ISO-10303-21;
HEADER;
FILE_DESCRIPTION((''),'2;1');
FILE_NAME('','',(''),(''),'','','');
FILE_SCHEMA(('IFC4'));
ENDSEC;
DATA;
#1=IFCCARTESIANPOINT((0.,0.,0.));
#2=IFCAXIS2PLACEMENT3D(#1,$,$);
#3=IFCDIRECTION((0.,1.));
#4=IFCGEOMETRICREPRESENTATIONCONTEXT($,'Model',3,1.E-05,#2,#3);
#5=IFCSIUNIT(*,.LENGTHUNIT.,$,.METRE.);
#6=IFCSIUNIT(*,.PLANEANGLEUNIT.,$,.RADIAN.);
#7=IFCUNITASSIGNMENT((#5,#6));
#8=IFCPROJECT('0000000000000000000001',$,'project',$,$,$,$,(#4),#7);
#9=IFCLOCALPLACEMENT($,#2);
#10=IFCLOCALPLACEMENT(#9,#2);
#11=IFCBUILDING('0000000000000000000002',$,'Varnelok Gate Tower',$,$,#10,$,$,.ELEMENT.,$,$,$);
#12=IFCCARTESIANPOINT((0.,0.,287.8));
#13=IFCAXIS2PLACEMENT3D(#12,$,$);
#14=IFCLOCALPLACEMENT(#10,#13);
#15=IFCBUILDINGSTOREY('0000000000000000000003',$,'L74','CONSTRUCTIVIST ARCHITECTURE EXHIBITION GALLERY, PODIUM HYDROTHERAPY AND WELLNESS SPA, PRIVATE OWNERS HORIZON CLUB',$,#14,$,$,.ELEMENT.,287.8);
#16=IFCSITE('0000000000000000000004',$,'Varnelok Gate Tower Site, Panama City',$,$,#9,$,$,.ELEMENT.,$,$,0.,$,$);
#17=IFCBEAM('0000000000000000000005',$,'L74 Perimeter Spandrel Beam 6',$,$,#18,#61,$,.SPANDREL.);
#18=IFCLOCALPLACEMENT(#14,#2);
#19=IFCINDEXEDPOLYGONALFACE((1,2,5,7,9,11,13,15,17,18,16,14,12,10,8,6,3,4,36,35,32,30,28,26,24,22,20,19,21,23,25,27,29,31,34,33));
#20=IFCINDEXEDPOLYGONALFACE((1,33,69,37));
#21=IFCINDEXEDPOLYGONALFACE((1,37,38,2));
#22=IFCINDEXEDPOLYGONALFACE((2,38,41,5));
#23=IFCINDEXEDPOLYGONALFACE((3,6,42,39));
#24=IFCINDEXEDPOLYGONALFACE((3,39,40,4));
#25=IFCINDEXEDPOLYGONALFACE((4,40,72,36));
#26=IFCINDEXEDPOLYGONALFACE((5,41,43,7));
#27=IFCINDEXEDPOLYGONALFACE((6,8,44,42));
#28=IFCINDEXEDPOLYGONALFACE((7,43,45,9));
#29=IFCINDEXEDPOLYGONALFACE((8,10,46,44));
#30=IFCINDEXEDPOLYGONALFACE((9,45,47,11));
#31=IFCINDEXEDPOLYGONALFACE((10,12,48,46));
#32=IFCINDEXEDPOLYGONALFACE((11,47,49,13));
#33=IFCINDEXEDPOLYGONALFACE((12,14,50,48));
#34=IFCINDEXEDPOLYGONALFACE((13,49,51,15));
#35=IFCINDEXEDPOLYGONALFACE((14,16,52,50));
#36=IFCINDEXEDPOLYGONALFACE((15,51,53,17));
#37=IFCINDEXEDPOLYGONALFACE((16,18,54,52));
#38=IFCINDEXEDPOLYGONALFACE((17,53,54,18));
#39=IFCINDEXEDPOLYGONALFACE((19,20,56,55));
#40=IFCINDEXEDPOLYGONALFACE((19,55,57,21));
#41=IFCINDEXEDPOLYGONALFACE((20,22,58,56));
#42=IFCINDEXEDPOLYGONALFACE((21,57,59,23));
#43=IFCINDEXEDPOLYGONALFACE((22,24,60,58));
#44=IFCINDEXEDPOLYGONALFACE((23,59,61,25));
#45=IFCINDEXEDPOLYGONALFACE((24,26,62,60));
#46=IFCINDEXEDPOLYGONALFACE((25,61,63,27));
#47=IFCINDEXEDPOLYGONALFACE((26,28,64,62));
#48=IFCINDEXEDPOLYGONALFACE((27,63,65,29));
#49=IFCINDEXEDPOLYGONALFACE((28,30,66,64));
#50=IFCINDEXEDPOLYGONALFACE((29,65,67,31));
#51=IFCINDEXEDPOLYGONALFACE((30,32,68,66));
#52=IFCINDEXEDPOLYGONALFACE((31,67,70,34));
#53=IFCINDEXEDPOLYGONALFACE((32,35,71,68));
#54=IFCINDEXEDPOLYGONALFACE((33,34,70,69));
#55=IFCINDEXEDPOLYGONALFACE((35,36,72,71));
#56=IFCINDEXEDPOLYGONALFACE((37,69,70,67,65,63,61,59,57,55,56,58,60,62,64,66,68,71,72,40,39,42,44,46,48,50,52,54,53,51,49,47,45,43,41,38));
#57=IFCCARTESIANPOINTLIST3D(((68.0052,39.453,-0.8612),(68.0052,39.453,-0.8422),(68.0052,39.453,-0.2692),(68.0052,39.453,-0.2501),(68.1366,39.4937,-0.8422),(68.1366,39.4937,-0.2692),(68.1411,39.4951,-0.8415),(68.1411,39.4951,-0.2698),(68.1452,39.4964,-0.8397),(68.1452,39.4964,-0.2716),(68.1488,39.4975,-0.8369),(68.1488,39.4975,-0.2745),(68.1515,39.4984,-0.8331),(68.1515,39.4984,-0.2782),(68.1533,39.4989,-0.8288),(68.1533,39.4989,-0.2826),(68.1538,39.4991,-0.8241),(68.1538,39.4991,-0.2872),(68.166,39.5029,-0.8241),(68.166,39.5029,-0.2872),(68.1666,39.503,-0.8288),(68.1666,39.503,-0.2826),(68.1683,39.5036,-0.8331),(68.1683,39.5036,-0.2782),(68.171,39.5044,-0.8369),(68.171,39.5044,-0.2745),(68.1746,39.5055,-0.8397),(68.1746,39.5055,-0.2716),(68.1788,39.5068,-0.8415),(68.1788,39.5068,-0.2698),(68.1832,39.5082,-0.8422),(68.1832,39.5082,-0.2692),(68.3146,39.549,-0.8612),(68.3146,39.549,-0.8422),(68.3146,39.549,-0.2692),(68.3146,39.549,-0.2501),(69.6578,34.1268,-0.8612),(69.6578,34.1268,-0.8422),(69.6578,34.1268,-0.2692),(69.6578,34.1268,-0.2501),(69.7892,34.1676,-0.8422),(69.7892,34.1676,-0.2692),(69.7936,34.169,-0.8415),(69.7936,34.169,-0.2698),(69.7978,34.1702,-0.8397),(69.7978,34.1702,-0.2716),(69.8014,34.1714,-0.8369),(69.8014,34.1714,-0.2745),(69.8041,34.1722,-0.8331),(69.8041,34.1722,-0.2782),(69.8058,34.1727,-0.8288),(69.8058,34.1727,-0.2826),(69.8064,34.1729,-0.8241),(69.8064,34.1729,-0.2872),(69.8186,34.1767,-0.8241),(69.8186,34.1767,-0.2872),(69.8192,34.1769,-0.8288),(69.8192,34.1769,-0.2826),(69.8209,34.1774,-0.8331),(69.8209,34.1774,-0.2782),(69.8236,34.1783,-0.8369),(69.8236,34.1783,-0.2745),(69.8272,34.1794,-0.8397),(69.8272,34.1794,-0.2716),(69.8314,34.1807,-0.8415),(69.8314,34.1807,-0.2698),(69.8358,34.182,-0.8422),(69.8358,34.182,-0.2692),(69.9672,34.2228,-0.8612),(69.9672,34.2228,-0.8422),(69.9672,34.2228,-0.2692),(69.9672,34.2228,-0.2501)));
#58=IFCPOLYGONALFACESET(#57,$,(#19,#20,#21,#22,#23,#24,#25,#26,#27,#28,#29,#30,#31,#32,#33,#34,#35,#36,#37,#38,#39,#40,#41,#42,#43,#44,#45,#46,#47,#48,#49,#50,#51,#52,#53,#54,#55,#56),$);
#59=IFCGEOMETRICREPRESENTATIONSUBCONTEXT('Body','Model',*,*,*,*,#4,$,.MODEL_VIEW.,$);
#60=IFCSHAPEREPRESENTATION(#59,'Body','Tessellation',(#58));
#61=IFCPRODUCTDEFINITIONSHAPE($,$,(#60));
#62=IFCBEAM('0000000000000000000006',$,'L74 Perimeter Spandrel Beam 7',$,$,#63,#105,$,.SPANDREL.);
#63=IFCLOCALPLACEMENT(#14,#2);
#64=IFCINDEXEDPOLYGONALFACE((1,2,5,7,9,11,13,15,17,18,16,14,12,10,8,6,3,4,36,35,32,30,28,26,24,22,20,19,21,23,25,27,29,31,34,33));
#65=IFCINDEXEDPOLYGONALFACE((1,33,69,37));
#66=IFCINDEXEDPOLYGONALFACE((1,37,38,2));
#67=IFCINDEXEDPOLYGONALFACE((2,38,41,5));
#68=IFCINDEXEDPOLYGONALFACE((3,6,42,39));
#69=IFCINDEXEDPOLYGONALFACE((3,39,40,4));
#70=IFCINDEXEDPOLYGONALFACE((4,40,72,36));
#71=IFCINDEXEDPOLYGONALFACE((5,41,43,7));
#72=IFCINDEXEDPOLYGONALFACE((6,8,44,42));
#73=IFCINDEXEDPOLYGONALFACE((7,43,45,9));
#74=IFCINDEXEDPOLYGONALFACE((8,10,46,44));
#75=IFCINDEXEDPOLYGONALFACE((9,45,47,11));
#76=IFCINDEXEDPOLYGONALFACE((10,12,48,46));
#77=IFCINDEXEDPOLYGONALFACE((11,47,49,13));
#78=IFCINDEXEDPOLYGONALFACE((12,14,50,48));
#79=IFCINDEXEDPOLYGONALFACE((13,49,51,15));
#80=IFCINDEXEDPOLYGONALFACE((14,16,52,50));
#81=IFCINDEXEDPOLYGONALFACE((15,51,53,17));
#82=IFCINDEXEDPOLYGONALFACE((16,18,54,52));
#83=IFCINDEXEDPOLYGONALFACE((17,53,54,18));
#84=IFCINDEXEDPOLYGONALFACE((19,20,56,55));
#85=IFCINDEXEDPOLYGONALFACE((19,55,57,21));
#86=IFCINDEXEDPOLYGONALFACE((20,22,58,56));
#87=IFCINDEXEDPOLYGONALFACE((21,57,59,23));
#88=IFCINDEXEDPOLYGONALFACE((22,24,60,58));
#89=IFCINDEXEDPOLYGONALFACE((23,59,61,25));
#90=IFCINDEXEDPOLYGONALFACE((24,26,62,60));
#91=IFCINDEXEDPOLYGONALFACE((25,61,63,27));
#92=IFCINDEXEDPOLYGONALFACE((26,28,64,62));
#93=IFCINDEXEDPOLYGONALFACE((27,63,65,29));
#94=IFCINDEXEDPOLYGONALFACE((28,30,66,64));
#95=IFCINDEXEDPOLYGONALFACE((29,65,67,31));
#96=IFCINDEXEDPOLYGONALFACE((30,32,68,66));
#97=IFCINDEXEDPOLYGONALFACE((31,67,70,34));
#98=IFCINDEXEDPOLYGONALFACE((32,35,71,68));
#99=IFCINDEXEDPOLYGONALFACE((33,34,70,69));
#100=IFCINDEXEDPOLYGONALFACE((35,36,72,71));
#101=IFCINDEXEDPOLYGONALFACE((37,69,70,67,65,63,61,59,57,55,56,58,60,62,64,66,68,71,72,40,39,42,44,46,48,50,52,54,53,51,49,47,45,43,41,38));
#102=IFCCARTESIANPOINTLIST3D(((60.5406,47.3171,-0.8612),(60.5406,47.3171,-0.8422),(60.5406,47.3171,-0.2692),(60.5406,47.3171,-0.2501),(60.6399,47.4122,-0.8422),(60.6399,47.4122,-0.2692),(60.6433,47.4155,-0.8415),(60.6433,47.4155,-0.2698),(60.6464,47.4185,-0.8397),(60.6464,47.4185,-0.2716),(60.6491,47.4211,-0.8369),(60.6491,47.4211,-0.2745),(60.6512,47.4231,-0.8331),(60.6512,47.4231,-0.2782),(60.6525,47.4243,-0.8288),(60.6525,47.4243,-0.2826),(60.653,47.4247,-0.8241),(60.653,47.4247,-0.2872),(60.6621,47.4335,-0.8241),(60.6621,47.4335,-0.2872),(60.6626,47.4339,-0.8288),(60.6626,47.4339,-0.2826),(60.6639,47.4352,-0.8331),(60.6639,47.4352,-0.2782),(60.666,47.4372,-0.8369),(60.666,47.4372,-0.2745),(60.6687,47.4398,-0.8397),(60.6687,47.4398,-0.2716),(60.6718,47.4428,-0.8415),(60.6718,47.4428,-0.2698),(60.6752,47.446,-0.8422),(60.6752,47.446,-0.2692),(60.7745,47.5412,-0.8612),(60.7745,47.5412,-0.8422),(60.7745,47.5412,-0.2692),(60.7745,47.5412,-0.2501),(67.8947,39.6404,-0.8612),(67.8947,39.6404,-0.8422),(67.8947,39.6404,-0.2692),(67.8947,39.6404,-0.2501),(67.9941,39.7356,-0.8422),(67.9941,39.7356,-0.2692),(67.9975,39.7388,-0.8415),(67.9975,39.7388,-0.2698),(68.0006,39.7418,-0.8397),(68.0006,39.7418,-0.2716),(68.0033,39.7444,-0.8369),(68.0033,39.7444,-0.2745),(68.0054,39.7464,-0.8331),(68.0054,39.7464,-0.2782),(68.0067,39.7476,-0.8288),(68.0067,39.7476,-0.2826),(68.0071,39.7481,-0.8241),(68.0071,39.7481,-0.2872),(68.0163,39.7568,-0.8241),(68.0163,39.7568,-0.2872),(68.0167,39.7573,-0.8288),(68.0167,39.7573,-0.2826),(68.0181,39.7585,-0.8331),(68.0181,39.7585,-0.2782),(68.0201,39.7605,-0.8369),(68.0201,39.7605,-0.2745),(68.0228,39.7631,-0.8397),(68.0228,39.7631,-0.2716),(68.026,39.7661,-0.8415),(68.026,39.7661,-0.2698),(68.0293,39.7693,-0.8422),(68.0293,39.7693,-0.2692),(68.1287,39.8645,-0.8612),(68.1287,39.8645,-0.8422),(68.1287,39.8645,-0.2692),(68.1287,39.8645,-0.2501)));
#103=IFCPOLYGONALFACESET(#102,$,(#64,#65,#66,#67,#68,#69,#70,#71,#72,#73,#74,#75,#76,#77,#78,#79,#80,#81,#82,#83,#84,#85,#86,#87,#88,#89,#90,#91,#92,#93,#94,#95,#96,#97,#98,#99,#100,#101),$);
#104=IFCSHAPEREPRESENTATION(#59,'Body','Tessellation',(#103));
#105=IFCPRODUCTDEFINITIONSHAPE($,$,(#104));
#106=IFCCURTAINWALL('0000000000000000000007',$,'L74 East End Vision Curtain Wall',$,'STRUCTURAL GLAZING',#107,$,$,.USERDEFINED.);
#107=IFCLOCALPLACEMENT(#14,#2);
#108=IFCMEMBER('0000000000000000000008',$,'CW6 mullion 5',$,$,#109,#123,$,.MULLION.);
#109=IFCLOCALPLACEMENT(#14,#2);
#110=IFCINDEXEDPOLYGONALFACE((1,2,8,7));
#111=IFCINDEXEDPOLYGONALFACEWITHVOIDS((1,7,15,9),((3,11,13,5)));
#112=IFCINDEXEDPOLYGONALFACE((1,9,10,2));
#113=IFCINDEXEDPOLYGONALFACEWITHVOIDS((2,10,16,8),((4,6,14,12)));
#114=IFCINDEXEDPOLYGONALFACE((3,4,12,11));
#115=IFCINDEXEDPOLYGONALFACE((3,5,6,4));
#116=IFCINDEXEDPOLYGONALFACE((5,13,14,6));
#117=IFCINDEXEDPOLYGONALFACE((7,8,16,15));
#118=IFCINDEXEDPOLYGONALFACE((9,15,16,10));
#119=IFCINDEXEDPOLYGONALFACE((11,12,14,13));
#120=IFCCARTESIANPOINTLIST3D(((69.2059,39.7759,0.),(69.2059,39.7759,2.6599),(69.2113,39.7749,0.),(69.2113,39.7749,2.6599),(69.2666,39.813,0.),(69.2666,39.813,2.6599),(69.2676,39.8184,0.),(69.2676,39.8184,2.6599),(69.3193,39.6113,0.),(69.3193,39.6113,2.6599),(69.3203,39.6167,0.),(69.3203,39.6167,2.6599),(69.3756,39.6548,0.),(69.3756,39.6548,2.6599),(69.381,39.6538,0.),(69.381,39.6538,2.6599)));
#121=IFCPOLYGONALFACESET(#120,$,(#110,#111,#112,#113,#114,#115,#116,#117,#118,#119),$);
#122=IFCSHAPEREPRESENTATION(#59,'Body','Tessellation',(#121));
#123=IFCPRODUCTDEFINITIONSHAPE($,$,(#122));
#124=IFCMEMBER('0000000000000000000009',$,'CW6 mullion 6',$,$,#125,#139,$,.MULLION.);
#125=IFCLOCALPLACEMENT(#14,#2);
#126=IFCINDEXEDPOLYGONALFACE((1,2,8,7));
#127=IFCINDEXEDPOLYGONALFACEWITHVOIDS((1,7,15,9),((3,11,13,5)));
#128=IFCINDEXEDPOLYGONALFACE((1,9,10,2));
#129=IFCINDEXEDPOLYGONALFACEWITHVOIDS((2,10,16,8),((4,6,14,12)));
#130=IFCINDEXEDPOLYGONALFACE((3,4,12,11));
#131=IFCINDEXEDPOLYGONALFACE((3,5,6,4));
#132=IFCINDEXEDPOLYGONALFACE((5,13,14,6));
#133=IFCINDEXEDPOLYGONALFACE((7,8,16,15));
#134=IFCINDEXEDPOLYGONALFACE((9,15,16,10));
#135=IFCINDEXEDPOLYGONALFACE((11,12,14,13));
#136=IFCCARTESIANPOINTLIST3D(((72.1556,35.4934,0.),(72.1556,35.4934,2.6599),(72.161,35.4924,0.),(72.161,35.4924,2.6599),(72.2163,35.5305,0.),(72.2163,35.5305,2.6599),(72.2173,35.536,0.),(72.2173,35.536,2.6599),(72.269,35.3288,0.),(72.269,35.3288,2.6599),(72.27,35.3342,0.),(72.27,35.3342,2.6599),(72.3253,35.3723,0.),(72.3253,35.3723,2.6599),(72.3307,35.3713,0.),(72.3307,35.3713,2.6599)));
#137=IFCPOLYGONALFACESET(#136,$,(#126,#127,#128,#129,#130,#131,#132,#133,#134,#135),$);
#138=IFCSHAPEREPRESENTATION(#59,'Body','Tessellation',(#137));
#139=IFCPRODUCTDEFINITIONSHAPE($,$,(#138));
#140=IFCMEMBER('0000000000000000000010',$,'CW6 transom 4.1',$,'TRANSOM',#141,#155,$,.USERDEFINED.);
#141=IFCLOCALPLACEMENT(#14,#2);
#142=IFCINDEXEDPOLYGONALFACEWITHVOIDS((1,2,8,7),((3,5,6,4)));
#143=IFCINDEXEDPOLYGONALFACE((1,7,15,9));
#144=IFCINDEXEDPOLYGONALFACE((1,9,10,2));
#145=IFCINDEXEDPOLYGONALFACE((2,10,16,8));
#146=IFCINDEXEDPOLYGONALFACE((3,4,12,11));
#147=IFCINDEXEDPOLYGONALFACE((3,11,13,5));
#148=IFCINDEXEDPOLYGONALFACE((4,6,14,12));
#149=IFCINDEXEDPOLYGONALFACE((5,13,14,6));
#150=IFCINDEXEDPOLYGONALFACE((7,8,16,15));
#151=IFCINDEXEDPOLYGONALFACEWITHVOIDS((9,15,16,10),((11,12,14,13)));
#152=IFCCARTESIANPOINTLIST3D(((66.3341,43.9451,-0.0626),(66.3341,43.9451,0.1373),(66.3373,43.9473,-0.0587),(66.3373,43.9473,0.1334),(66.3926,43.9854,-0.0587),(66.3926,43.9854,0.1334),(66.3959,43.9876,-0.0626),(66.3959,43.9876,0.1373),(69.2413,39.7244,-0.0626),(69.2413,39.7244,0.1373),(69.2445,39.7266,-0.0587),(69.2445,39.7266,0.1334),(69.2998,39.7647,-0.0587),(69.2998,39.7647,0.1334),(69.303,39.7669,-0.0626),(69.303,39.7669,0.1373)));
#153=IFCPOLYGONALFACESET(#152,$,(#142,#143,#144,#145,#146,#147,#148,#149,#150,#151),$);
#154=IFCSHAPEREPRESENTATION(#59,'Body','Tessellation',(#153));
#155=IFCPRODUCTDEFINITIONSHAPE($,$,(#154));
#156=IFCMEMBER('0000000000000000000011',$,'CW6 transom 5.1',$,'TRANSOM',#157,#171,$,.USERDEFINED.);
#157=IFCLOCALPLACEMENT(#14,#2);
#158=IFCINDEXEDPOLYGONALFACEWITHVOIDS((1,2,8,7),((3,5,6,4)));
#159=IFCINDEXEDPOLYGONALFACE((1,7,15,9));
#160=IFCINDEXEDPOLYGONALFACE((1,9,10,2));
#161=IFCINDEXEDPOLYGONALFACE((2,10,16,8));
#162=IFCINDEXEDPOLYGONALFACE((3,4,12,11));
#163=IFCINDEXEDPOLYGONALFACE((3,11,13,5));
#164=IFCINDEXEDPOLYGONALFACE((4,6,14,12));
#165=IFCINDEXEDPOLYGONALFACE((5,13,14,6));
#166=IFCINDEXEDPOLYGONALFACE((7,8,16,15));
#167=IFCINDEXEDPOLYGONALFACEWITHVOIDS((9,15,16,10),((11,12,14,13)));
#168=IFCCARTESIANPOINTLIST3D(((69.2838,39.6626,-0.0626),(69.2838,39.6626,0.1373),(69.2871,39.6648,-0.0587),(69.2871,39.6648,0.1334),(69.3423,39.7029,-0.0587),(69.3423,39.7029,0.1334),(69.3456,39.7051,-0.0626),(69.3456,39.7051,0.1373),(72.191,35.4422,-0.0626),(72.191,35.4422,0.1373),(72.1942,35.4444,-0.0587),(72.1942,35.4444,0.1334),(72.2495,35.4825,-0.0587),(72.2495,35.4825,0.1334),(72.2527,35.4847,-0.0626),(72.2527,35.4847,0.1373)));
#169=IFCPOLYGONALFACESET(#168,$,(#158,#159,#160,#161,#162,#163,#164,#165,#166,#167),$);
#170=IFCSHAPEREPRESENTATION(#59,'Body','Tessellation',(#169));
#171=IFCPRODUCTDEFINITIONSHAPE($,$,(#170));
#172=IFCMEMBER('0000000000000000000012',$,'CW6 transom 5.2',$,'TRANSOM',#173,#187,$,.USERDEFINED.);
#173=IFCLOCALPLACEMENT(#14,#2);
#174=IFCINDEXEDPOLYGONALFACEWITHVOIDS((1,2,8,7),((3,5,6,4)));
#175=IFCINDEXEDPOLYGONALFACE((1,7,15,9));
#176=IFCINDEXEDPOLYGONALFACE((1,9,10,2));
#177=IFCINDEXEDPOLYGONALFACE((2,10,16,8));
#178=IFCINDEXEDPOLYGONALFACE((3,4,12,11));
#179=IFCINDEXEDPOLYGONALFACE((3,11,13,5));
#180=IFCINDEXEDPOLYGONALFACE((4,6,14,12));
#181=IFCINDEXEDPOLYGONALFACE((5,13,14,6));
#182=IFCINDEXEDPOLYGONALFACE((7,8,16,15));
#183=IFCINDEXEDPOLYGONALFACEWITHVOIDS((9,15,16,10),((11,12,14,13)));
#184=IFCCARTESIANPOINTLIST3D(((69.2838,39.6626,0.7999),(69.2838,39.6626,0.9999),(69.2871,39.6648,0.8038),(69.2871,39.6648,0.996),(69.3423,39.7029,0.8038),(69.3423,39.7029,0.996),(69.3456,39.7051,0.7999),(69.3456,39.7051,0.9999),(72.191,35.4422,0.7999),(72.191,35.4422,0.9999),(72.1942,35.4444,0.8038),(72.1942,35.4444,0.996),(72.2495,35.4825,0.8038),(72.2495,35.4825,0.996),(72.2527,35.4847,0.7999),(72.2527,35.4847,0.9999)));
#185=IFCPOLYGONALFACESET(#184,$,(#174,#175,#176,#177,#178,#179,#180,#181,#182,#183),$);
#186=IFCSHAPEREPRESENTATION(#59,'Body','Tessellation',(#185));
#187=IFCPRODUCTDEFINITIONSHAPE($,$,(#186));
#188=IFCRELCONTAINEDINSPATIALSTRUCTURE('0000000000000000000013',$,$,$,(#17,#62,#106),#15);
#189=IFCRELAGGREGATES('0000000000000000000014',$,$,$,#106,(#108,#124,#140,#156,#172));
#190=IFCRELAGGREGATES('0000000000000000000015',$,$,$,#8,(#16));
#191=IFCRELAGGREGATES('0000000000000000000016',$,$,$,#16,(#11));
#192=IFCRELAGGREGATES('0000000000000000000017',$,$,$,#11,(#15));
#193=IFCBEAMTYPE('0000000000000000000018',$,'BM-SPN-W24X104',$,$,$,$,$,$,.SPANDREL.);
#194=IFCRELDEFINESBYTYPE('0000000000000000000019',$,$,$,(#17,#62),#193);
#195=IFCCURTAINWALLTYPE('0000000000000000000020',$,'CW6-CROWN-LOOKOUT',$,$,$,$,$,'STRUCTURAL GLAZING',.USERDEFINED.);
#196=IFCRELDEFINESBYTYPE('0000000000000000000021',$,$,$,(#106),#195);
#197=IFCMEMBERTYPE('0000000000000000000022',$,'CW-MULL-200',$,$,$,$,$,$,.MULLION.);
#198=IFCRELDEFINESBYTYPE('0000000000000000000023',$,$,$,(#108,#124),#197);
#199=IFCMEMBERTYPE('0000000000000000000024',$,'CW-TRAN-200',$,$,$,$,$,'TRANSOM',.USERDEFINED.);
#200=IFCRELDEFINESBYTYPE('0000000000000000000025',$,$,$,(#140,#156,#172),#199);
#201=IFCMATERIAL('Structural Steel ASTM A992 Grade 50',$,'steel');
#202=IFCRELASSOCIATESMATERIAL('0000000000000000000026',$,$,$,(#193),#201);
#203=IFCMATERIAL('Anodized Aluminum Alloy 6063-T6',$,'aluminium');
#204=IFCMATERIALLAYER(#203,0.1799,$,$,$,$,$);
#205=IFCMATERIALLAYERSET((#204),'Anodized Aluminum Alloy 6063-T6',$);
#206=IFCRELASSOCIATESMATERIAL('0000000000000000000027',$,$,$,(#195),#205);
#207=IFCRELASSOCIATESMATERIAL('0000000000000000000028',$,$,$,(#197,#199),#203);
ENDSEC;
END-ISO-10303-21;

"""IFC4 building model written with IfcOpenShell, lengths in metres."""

from ifc_helpers import new_model, si_unit, direction, frame, origin, origin_2d, place, context, subcontext, project, spatial, hollow_rectangle, i_section, extrude, material, layer, layer_set, material_profile, profile_set, type_object, element, aggregate, save


model = new_model("IFC4")

# Units and contexts
model_context = context("Model", 3, precision=1e-05, world=origin(), true_north=direction((0.0, 1.0)))
body_context = subcontext(model_context, "Body", "Model", "MODEL_VIEW")
ifc_project = project(units=[si_unit("LENGTHUNIT", "METRE"), si_unit("PLANEANGLEUNIT", "RADIAN")], contexts=[model_context])

# Site, building, storey
site_placement = place(None, origin())
site = spatial("IfcSite", under=ifc_project, at=site_placement, Name="Varnelok Gate Tower Site, Panama City", CompositionType="ELEMENT", RefElevation=0.0)
building_placement = place(site_placement, origin())
building = spatial("IfcBuilding", under=site, at=building_placement, Name="Varnelok Gate Tower", CompositionType="ELEMENT")
storey_placement = place(building_placement, frame((0.0, 0.0, 287.8)))
storey = spatial("IfcBuildingStorey", under=building, at=storey_placement, Name="L74", Description="CONSTRUCTIVIST ARCHITECTURE EXHIBITION GALLERY, PODIUM HYDROTHERAPY AND WELLNESS SPA, PRIVATE OWNERS HORIZON CLUB", CompositionType="ELEMENT", Elevation=287.8)

# Shared definitions
ifc_material_1 = material(Name="Structural Steel ASTM A992 Grade 50", Category="steel")

# Beams
ifc_material_profile_1 = material_profile(ifc_material_1, i_section(OverallWidth=0.324, OverallDepth=0.6111, WebThickness=0.0127, FlangeThickness=0.019, FilletRadius=0.0181, at=origin_2d()), Name="W24X104")
ifc_profile_set_1 = profile_set([ifc_material_profile_1], Name="Structural Steel ASTM A992 Grade 50")
beam_type_1 = type_object("IfcBeamType", Name="BM-SPN-W24X104", PredefinedType="SPANDREL", material=ifc_profile_set_1)
beam_1_placement = place(storey_placement, frame((69.8125, 34.1748, -0.5557), z_axis=(-0.29634, 0.955083, 0.0), x_axis=(-0.955083, -0.29634, 0.0)))
element("IfcBeam", 1, at=beam_1_placement, inside=storey, type_object=beam_type_1, Name="L74 Perimeter Spandrel Beam 6", PredefinedType="SPANDREL", context=body_context, shape_type="SweptSolid", body=[
    extrude(i_section(OverallWidth=0.324, OverallDepth=0.6111, WebThickness=0.0127, FlangeThickness=0.019, FilletRadius=0.0181, at=origin_2d()), origin(), (0.0, 0.0, 1.0), 5.5767),
])
beam_2_placement = place(storey_placement, frame((68.0117, 39.7524, -0.5557), z_axis=(-0.691776, 0.722112, 0.0), x_axis=(-0.722112, -0.691776, 0.0)))
element("IfcBeam", 2, at=beam_2_placement, inside=storey, type_object=beam_type_1, Name="L74 Perimeter Spandrel Beam 7", PredefinedType="SPANDREL", context=body_context, shape_type="SweptSolid", body=[
    extrude(i_section(OverallWidth=0.324, OverallDepth=0.6111, WebThickness=0.0127, FlangeThickness=0.019, FilletRadius=0.0181, at=origin_2d()), origin(), (0.0, 0.0, 1.0), 10.6309),
])

# Curtain wall, members
ifc_material_2 = material(Name="Anodized Aluminum Alloy 6063-T6", Category="aluminium")
ifc_layer_1 = layer(ifc_material_2, 0.1799)
ifc_layer_set_1 = layer_set([ifc_layer_1], Name="Anodized Aluminum Alloy 6063-T6")
curtain_wall_type = type_object("IfcCurtainWallType", Name="CW6-CROWN-LOOKOUT", ElementType="STRUCTURAL GLAZING", PredefinedType="USERDEFINED", material=ifc_layer_set_1)
curtain_wall_placement = place(storey_placement, origin())
curtain_wall = element("IfcCurtainWall", 3, at=curtain_wall_placement, inside=storey, type_object=curtain_wall_type, Name="L74 East End Vision Curtain Wall", ObjectType="STRUCTURAL GLAZING", PredefinedType="USERDEFINED")
ifc_material_profile_2 = material_profile(ifc_material_2, hollow_rectangle(XDim=0.075, YDim=0.2, WallThickness=0.0039, at=origin_2d()), Name="ALU200X75X4")
ifc_profile_set_2 = profile_set([ifc_material_profile_2], Name="Anodized Aluminum Alloy 6063-T6")
member_type_1 = type_object("IfcMemberType", Name="CW-MULL-200", PredefinedType="MULLION", material=ifc_profile_set_2)
member_1_placement = place(storey_placement, frame((69.2935, 39.7148, 0.0), z_axis=(0.0, 0.0, 1.0), x_axis=(0.823532, 0.567269, 0.0)))
member_1 = element("IfcMember", 4, at=member_1_placement, type_object=member_type_1, Name="CW6 mullion 5", PredefinedType="MULLION", context=body_context, shape_type="SweptSolid", body=[
    extrude(hollow_rectangle(XDim=0.075, YDim=0.2, WallThickness=0.0039, at=origin_2d()), origin(), (0.0, 0.0, 1.0), 2.6599),
])
member_2_placement = place(storey_placement, frame((72.2432, 35.4324, 0.0), z_axis=(0.0, 0.0, 1.0), x_axis=(0.823532, 0.567269, 0.0)))
member_2 = element("IfcMember", 5, at=member_2_placement, type_object=member_type_1, Name="CW6 mullion 6", PredefinedType="MULLION", context=body_context, shape_type="SweptSolid", body=[
    extrude(hollow_rectangle(XDim=0.075, YDim=0.2, WallThickness=0.0039, at=origin_2d()), origin(), (0.0, 0.0, 1.0), 2.6599),
])
ifc_material_profile_3 = material_profile(ifc_material_2, hollow_rectangle(XDim=0.075, YDim=0.2, WallThickness=0.0039, at=origin_2d()), Name="ALU200X75X4")
ifc_profile_set_3 = profile_set([ifc_material_profile_3], Name="Anodized Aluminum Alloy 6063-T6")
member_type_2 = type_object("IfcMemberType", Name="CW-TRAN-200", ElementType="TRANSOM", PredefinedType="USERDEFINED", material=ifc_profile_set_3)
member_3_placement = place(storey_placement, frame((66.365, 43.9663, 0.0374), z_axis=(0.567256, -0.823541, 0.0), x_axis=(0.823541, 0.567256, 0.0)))
member_3 = element("IfcMember", 6, at=member_3_placement, type_object=member_type_2, Name="CW6 transom 4.1", ObjectType="TRANSOM", PredefinedType="USERDEFINED", context=body_context, shape_type="SweptSolid", body=[
    extrude(hollow_rectangle(XDim=0.075, YDim=0.2, WallThickness=0.0039, at=origin_2d()), origin(), (0.0, 0.0, 1.0), 5.125),
])
member_4_placement = place(storey_placement, frame((69.3147, 39.6838, 0.0374), z_axis=(0.567279, -0.823526, 0.0), x_axis=(0.823526, 0.567279, 0.0)))
member_4 = element("IfcMember", 7, at=member_4_placement, type_object=member_type_2, Name="CW6 transom 5.1", ObjectType="TRANSOM", PredefinedType="USERDEFINED", context=body_context, shape_type="SweptSolid", body=[
    extrude(hollow_rectangle(XDim=0.075, YDim=0.2, WallThickness=0.0039, at=origin_2d()), origin(), (0.0, 0.0, 1.0), 5.1248),
])
member_5_placement = place(storey_placement, frame((69.3147, 39.6838, 0.8999), z_axis=(0.567279, -0.823526, 0.0), x_axis=(0.823526, 0.567279, 0.0)))
member_5 = element("IfcMember", 8, at=member_5_placement, type_object=member_type_2, Name="CW6 transom 5.2", ObjectType="TRANSOM", PredefinedType="USERDEFINED", context=body_context, shape_type="SweptSolid", body=[
    extrude(hollow_rectangle(XDim=0.075, YDim=0.2, WallThickness=0.0039, at=origin_2d()), origin(), (0.0, 0.0, 1.0), 5.1248),
])
aggregate(curtain_wall, [member_1, member_2, member_3, member_4, member_5])

save(model, "model.ifc")
